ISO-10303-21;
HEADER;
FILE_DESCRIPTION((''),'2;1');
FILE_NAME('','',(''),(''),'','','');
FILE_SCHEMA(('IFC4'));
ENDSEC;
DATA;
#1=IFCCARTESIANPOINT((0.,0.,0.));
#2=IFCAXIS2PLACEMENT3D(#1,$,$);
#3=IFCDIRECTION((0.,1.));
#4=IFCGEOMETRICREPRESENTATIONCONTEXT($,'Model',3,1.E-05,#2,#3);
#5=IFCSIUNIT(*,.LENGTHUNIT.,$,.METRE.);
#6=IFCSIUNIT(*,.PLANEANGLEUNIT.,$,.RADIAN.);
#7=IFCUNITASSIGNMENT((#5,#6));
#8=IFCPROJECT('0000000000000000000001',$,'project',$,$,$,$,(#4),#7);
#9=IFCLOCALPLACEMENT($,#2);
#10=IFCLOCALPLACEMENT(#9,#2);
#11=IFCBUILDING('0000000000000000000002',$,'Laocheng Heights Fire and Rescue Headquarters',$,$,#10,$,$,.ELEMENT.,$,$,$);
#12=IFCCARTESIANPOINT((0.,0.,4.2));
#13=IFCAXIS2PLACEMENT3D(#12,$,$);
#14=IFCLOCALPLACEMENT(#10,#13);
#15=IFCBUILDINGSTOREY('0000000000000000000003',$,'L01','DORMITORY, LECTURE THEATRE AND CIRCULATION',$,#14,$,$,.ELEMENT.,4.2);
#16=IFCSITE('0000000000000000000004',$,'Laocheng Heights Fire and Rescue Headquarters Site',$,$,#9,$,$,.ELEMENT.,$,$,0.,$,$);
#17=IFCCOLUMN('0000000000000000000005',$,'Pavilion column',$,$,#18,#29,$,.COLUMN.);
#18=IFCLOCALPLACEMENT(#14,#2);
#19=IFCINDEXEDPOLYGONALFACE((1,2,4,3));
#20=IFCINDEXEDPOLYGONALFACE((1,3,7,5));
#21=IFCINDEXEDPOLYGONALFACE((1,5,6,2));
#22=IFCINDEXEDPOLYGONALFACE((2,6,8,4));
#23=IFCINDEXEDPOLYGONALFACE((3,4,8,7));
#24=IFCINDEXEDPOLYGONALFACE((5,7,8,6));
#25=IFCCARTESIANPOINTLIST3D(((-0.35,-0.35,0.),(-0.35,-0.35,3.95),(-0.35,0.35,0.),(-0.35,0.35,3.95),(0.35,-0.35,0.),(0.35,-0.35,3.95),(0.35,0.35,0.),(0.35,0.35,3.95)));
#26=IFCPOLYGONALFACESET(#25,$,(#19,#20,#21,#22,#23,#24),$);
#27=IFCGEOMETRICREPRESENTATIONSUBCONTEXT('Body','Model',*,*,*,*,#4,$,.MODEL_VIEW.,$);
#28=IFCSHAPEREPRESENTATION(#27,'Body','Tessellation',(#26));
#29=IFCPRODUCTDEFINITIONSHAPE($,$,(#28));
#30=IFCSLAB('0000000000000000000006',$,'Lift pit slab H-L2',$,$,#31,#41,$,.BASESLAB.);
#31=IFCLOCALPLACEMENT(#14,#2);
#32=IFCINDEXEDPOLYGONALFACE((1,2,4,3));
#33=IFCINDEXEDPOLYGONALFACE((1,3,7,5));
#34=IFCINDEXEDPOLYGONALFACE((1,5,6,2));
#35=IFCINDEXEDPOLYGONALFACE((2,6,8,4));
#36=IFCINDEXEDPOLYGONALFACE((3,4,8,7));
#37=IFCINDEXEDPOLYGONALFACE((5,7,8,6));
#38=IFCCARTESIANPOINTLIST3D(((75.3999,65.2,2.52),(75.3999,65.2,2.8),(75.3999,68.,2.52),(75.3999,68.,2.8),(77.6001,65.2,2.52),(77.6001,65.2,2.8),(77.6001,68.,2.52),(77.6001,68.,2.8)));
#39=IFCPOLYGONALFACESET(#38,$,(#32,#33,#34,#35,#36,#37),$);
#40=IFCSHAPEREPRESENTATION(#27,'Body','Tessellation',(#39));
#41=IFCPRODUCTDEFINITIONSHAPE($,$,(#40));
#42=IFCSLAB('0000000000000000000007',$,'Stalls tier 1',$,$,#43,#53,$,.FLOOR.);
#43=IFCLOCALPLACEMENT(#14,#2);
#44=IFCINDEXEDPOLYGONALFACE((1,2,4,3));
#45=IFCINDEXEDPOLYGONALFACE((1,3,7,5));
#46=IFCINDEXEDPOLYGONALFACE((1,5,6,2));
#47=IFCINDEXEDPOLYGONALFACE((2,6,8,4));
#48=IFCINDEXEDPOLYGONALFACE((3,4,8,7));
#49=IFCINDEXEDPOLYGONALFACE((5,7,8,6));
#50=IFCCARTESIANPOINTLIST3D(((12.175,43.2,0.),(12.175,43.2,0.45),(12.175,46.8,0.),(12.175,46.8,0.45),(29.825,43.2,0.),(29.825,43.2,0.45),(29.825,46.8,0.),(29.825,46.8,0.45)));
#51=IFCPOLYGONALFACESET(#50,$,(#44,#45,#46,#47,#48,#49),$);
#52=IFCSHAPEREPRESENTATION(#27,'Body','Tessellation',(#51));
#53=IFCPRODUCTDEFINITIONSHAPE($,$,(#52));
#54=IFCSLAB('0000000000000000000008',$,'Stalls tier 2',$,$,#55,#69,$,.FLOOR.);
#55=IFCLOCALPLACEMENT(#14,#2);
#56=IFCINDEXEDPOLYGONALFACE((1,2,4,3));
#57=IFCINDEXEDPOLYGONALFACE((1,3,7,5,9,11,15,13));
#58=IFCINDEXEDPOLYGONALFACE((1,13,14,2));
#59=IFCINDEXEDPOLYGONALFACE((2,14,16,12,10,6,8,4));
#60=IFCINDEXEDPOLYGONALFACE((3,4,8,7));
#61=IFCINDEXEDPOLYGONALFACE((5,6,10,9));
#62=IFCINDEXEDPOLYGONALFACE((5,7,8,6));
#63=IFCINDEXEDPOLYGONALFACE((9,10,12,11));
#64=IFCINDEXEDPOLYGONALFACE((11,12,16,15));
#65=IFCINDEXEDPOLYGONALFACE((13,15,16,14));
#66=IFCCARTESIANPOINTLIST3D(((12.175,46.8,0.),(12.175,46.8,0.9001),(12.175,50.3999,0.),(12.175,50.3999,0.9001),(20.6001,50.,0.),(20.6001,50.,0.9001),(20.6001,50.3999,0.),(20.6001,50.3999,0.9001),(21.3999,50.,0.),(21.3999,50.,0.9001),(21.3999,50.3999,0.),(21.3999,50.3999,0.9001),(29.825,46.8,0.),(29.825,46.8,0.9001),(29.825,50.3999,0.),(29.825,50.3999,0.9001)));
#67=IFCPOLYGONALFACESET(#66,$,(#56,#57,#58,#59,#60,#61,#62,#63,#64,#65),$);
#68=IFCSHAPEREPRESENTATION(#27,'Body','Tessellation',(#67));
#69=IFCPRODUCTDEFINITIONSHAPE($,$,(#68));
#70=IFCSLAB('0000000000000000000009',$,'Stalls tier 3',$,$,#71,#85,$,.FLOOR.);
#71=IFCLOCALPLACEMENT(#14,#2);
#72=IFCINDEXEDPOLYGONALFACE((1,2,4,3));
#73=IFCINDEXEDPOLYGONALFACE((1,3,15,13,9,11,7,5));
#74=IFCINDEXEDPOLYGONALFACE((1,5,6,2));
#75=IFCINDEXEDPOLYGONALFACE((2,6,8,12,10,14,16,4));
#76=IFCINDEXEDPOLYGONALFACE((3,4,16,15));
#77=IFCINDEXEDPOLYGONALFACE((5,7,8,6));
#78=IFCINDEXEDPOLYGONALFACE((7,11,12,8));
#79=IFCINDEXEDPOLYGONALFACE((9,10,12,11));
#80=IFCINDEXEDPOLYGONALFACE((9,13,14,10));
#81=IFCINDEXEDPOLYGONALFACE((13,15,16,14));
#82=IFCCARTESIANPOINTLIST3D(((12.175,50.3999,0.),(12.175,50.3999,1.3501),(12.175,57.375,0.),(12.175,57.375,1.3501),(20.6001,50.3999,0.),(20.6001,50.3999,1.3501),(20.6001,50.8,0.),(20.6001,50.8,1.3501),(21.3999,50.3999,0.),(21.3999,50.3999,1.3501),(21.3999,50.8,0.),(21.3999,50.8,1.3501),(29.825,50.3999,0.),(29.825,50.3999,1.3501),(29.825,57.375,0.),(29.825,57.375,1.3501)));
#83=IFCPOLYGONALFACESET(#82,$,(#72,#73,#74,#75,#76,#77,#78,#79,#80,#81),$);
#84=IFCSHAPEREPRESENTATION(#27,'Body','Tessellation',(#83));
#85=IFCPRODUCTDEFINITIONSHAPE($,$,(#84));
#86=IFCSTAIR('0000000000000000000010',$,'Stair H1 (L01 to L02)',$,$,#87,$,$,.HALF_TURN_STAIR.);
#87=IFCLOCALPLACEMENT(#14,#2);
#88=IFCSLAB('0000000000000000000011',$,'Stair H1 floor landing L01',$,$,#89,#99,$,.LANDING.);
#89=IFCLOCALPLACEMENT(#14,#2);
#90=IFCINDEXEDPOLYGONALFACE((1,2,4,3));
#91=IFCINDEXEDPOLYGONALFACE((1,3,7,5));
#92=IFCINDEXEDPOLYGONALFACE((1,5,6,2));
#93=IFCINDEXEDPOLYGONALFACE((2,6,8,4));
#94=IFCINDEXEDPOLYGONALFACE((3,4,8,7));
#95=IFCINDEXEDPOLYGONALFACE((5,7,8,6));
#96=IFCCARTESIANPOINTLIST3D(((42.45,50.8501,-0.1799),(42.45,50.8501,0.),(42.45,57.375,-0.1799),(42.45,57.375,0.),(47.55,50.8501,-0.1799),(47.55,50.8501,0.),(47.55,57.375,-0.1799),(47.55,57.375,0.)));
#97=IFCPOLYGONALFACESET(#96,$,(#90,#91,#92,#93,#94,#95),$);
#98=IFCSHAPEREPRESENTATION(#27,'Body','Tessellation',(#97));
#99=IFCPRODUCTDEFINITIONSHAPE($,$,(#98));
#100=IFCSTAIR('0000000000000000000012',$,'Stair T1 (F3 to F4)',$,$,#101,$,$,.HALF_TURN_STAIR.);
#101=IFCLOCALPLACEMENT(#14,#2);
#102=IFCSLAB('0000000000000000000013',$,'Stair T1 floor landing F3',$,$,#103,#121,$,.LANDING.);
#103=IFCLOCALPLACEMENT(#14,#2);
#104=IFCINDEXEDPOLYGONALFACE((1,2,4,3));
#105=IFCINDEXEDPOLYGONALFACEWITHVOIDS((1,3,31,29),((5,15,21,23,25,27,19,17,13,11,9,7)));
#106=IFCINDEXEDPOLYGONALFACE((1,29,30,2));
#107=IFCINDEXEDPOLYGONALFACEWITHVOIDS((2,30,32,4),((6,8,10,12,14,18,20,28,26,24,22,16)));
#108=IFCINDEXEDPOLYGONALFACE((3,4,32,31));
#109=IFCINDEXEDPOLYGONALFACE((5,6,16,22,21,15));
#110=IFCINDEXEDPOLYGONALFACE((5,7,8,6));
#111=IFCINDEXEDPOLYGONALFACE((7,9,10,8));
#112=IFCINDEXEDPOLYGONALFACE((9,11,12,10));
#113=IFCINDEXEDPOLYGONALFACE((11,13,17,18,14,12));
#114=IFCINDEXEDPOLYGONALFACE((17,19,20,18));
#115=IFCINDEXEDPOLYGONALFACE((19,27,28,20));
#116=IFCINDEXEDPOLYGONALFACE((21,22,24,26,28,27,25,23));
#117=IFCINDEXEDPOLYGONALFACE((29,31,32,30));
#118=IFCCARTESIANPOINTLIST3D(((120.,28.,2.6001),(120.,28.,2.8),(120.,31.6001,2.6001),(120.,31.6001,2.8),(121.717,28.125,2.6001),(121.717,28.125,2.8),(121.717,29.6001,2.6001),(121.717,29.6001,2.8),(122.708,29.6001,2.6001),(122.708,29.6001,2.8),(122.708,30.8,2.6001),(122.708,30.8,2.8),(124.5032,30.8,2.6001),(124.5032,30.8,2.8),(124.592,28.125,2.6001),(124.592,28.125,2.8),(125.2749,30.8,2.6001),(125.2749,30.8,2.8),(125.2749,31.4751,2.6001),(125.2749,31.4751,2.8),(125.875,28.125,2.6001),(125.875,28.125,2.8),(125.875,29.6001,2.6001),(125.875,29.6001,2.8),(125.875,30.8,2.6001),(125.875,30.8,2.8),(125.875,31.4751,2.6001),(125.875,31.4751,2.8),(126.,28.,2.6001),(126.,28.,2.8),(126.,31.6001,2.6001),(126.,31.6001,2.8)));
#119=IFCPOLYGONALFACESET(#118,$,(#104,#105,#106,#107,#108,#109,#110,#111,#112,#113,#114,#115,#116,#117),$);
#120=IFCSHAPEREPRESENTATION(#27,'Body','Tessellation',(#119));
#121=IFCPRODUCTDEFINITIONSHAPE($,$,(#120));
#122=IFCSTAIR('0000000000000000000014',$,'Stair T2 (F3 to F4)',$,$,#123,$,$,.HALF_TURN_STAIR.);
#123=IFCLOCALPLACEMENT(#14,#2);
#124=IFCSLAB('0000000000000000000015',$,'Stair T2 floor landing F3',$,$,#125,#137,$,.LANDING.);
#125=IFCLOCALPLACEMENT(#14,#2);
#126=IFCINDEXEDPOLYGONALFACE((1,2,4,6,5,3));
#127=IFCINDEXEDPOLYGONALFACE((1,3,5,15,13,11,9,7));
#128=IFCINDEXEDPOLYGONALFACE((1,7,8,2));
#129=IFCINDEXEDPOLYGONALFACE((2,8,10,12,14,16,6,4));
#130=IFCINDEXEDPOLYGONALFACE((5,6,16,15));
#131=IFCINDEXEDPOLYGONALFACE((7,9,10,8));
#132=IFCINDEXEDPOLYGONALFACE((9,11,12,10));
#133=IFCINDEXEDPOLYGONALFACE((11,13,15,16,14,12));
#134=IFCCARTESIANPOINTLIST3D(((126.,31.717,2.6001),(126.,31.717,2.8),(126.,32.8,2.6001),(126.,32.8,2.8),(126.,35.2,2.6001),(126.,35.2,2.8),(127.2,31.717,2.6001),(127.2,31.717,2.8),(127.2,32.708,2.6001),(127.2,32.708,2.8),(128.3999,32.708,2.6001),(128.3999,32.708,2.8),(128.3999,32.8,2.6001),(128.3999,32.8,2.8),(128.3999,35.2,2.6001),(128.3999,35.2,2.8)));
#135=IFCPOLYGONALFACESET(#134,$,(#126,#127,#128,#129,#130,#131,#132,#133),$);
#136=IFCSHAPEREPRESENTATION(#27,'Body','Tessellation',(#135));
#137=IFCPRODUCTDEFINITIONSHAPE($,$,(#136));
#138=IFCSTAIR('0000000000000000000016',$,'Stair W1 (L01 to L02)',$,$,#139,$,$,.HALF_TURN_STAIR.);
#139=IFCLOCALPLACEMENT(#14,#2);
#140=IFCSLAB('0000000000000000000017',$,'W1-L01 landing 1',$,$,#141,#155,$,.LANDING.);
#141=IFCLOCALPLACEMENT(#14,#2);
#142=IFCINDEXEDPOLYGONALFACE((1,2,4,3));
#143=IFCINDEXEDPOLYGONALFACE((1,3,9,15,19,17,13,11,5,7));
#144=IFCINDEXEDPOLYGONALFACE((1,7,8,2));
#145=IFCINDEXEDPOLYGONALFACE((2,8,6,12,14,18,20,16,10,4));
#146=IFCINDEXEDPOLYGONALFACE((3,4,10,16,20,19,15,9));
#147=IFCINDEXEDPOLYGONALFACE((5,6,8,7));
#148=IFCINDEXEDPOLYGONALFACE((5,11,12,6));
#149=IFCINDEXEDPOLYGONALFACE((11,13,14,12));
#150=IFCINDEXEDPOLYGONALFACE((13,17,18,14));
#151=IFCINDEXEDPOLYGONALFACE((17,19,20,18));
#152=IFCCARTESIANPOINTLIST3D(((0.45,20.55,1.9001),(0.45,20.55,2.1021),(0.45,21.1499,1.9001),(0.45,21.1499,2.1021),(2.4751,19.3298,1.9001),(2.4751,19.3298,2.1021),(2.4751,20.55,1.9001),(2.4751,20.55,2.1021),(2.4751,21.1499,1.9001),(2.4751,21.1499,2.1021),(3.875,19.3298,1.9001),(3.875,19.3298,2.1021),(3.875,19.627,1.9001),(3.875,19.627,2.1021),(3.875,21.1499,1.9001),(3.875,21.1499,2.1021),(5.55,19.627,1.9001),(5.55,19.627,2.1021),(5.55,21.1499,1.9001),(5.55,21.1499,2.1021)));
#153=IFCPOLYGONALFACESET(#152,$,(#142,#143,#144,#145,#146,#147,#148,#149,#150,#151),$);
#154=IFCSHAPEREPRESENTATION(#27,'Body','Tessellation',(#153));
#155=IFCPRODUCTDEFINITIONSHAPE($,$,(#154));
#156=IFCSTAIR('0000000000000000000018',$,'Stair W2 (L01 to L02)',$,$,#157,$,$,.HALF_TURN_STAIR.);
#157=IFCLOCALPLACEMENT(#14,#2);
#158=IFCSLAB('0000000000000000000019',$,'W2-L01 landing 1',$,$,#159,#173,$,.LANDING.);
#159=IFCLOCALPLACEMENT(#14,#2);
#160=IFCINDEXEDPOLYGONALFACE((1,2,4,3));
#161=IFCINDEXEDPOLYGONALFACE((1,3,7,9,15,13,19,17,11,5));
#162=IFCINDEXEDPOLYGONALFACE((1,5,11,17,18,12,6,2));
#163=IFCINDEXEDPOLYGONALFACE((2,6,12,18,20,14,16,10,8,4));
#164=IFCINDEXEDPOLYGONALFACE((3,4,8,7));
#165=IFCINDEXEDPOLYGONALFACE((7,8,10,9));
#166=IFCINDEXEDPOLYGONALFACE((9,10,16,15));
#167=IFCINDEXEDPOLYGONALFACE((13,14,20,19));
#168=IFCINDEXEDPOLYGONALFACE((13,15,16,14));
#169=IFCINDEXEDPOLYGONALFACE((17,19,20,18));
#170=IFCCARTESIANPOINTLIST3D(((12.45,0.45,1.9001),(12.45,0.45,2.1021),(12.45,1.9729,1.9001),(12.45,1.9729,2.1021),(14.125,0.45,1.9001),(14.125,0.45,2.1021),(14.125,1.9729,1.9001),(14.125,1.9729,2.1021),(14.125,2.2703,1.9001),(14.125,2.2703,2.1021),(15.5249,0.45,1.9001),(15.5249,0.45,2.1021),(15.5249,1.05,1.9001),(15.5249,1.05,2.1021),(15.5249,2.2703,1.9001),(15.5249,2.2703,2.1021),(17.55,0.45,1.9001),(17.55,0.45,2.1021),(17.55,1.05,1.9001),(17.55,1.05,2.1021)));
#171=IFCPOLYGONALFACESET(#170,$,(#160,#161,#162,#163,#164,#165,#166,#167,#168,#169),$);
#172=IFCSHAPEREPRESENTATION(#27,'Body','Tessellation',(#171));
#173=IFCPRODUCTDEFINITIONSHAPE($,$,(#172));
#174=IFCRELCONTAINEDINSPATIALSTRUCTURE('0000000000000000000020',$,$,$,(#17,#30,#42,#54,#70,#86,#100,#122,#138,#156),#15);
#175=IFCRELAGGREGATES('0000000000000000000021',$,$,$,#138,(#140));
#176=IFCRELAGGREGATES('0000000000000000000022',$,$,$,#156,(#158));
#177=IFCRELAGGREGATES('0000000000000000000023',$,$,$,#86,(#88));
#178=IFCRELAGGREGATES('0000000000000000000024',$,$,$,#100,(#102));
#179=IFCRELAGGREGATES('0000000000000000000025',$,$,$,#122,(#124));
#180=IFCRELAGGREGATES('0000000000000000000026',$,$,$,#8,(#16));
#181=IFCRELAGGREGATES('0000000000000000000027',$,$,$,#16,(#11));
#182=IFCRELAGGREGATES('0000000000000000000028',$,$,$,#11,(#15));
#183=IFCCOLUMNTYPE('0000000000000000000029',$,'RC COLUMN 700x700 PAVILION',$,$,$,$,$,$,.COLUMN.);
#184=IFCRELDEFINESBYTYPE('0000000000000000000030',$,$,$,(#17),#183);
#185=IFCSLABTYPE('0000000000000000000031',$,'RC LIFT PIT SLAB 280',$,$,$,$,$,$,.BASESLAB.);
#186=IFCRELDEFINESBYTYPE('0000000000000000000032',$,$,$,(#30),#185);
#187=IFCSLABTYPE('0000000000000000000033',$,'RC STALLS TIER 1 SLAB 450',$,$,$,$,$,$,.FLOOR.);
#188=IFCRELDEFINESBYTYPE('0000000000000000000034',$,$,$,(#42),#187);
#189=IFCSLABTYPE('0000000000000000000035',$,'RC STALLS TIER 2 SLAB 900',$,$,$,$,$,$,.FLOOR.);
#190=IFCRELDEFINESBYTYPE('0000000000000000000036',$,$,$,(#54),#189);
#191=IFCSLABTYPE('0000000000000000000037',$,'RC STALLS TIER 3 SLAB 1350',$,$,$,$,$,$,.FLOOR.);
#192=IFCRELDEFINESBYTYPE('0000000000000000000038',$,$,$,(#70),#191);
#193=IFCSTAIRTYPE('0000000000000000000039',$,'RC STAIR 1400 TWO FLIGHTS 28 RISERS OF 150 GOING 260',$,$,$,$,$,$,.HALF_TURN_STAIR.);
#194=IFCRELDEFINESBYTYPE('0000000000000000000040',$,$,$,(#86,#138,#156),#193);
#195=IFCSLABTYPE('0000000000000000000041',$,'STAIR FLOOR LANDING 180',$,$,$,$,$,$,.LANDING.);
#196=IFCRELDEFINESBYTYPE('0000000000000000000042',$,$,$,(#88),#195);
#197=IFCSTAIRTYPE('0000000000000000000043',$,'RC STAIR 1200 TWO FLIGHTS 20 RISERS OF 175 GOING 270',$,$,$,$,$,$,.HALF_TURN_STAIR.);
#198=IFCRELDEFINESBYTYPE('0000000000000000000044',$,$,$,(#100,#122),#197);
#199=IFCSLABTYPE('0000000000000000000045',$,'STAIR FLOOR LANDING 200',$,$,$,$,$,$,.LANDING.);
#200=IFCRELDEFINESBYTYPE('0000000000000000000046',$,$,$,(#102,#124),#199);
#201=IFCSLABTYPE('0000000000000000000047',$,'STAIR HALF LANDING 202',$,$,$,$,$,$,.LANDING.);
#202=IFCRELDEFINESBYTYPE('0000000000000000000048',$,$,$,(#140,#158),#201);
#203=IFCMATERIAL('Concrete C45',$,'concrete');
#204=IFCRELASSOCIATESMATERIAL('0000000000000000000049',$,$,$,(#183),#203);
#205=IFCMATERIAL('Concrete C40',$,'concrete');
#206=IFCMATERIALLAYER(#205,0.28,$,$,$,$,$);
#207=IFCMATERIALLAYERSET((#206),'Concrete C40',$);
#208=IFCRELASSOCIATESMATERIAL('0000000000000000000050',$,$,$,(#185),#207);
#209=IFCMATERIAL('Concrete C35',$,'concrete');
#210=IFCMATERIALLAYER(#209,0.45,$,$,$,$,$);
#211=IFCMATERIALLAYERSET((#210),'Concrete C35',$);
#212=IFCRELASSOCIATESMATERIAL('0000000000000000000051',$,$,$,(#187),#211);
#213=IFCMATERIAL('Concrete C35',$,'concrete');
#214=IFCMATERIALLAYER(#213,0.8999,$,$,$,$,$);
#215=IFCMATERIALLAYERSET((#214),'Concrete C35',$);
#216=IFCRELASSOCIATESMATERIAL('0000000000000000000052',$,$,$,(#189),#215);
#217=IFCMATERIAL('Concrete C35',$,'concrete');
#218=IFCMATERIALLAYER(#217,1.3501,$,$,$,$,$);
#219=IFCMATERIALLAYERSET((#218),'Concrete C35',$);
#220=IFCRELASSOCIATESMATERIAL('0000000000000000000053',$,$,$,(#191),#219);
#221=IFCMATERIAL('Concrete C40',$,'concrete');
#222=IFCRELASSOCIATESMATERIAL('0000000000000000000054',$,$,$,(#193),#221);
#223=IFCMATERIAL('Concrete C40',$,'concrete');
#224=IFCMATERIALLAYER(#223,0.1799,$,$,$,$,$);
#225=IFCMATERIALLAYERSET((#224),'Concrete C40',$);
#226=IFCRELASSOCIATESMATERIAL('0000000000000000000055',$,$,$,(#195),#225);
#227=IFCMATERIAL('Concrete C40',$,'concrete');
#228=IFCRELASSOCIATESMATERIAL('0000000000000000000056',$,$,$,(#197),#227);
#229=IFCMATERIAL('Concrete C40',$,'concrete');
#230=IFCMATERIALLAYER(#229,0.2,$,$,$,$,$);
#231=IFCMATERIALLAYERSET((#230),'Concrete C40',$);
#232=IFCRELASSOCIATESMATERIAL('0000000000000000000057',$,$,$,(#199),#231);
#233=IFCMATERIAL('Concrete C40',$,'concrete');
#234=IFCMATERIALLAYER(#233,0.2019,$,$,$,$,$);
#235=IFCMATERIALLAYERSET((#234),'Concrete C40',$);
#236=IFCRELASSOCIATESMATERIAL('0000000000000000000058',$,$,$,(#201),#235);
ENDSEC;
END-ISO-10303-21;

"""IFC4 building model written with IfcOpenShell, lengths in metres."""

from ifc_helpers import new_model, si_unit, direction, frame, origin, origin_with_axes, origin_2d, place, context, subcontext, project, spatial, polyline, rectangle, outline, extrude, material, layer, layer_set, material_profile, profile_set, type_object, element, aggregate, save


model = new_model("IFC4")

# Units and contexts
model_context = context("Model", 3, precision=1e-05, world=origin(), true_north=direction((0.0, 1.0)))
body_context = subcontext(model_context, "Body", "Model", "MODEL_VIEW")
ifc_project = project(units=[si_unit("LENGTHUNIT", "METRE"), si_unit("PLANEANGLEUNIT", "RADIAN")], contexts=[model_context])

# Site, building, storey
site_placement = place(None, origin())
site = spatial("IfcSite", under=ifc_project, at=site_placement, Name="Laocheng Heights Fire and Rescue Headquarters Site", CompositionType="ELEMENT", RefElevation=0.0)
building_placement = place(site_placement, origin())
building = spatial("IfcBuilding", under=site, at=building_placement, Name="Laocheng Heights Fire and Rescue Headquarters", CompositionType="ELEMENT")
storey_placement = place(building_placement, frame((0.0, 0.0, 4.2)))
storey = spatial("IfcBuildingStorey", under=building, at=storey_placement, Name="L01", Description="DORMITORY, LECTURE THEATRE AND CIRCULATION", CompositionType="ELEMENT", Elevation=4.2)

# Column
ifc_material_1 = material(Name="Concrete C45", Category="concrete")
ifc_material_profile = material_profile(ifc_material_1, rectangle(XDim=0.7, YDim=0.7, at=origin_2d()), Name="RC COLUMN 700x700 PAVILION")
ifc_profile_set = profile_set([ifc_material_profile], Name="Concrete C45")
column_type = type_object("IfcColumnType", Name="RC COLUMN 700x700 PAVILION", PredefinedType="COLUMN", material=ifc_profile_set)
column_placement = place(storey_placement, origin_with_axes())
element("IfcColumn", 1, at=column_placement, inside=storey, type_object=column_type, Name="Pavilion column", PredefinedType="COLUMN", context=body_context, shape_type="SweptSolid", body=[
    extrude(rectangle(XDim=0.7, YDim=0.7, at=origin_2d()), origin(), (0.0, 0.0, 1.0), 3.95),
])

# Slabs
ifc_material_2 = material(Name="Concrete C40", Category="concrete")
ifc_layer_1 = layer(ifc_material_2, 0.28)
ifc_layer_set_1 = layer_set([ifc_layer_1], Name="Concrete C40")
slab_type_1 = type_object("IfcSlabType", Name="RC LIFT PIT SLAB 280", PredefinedType="BASESLAB", material=ifc_layer_set_1)
slab_1_placement = place(storey_placement, frame((0.0, 0.0, 2.52)))
element("IfcSlab", 2, at=slab_1_placement, inside=storey, type_object=slab_type_1, Name="Lift pit slab H-L2", PredefinedType="BASESLAB", context=body_context, shape_type="SweptSolid", body=[
    extrude(outline(polyline([(75.3999, 68.0), (75.3999, 65.2), (77.6001, 65.2), (77.6001, 68.0), (75.3999, 68.0)])), origin(), (0.0, 0.0, 1.0), 0.28),
])
ifc_material_3 = material(Name="Concrete C35", Category="concrete")
ifc_layer_2 = layer(ifc_material_3, 0.45)
ifc_layer_set_2 = layer_set([ifc_layer_2], Name="Concrete C35")
slab_type_2 = type_object("IfcSlabType", Name="RC STALLS TIER 1 SLAB 450", PredefinedType="FLOOR", material=ifc_layer_set_2)
slab_2_placement = place(storey_placement, origin())
element("IfcSlab", 3, at=slab_2_placement, inside=storey, type_object=slab_type_2, Name="Stalls tier 1", PredefinedType="FLOOR", context=body_context, shape_type="SweptSolid", body=[
    extrude(outline(polyline([(12.175, 43.2), (29.825, 43.2), (29.825, 46.8), (12.175, 46.8), (12.175, 43.2)])), origin(), (0.0, 0.0, 1.0), 0.45),
])
ifc_material_4 = material(Name="Concrete C35", Category="concrete")
ifc_layer_3 = layer(ifc_material_4, 0.8999)
ifc_layer_set_3 = layer_set([ifc_layer_3], Name="Concrete C35")
slab_type_3 = type_object("IfcSlabType", Name="RC STALLS TIER 2 SLAB 900", PredefinedType="FLOOR", material=ifc_layer_set_3)
slab_3_placement = place(storey_placement, origin())
element("IfcSlab", 4, at=slab_3_placement, inside=storey, type_object=slab_type_3, Name="Stalls tier 2", PredefinedType="FLOOR", context=body_context, shape_type="SweptSolid", body=[
    extrude(outline(polyline([(29.825, 50.3999), (21.3999, 50.3999), (21.3999, 50.0), (20.6001, 50.0), (20.6001, 50.3999), (12.175, 50.3999), (12.175, 46.8), (29.825, 46.8), (29.825, 50.3999)])), origin(), (0.0, 0.0, 1.0), 0.9001),
])
ifc_material_5 = material(Name="Concrete C35", Category="concrete")
ifc_layer_4 = layer(ifc_material_5, 1.3501)
ifc_layer_set_4 = layer_set([ifc_layer_4], Name="Concrete C35")
slab_type_4 = type_object("IfcSlabType", Name="RC STALLS TIER 3 SLAB 1350", PredefinedType="FLOOR", material=ifc_layer_set_4)
slab_4_placement = place(storey_placement, origin())
element("IfcSlab", 5, at=slab_4_placement, inside=storey, type_object=slab_type_4, Name="Stalls tier 3", PredefinedType="FLOOR", context=body_context, shape_type="SweptSolid", body=[
    extrude(outline(polyline([(12.175, 50.3999), (20.6001, 50.3999), (20.6001, 50.8), (21.3999, 50.8), (21.3999, 50.3999), (29.825, 50.3999), (29.825, 57.375), (12.175, 57.375), (12.175, 50.3999)])), origin(), (0.0, 0.0, 1.0), 1.3501),
])

# Stairs, slabs
ifc_material_6 = material(Name="Concrete C40", Category="concrete")
stair_type_1 = type_object("IfcStairType", Name="RC STAIR 1400 TWO FLIGHTS 28 RISERS OF 150 GOING 260", PredefinedType="HALF_TURN_STAIR", material=ifc_material_6)
stair_1_placement = place(storey_placement, origin())
stair_1 = element("IfcStair", 6, at=stair_1_placement, inside=storey, type_object=stair_type_1, Name="Stair H1 (L01 to L02)", PredefinedType="HALF_TURN_STAIR")
ifc_material_7 = material(Name="Concrete C40", Category="concrete")
ifc_layer_5 = layer(ifc_material_7, 0.1799)
ifc_layer_set_5 = layer_set([ifc_layer_5], Name="Concrete C40")
slab_type_5 = type_object("IfcSlabType", Name="STAIR FLOOR LANDING 180", PredefinedType="LANDING", material=ifc_layer_set_5)
slab_5_placement = place(storey_placement, frame((0.0, 0.0, -0.1799)))
slab_5 = element("IfcSlab", 7, at=slab_5_placement, type_object=slab_type_5, Name="Stair H1 floor landing L01", PredefinedType="LANDING", context=body_context, shape_type="SweptSolid", body=[
    extrude(outline(polyline([(47.55, 50.8501), (42.45, 50.8501), (42.45, 57.375), (47.55, 57.375), (47.55, 50.8501)])), origin(), (0.0, 0.0, 1.0), 0.1799),
])
ifc_material_8 = material(Name="Concrete C40", Category="concrete")
stair_type_2 = type_object("IfcStairType", Name="RC STAIR 1200 TWO FLIGHTS 20 RISERS OF 175 GOING 270", PredefinedType="HALF_TURN_STAIR", material=ifc_material_8)
stair_2_placement = place(storey_placement, origin())
stair_2 = element("IfcStair", 8, at=stair_2_placement, inside=storey, type_object=stair_type_2, Name="Stair T1 (F3 to F4)", PredefinedType="HALF_TURN_STAIR")
ifc_material_9 = material(Name="Concrete C40", Category="concrete")
ifc_layer_6 = layer(ifc_material_9, 0.2)
ifc_layer_set_6 = layer_set([ifc_layer_6], Name="Concrete C40")
slab_type_6 = type_object("IfcSlabType", Name="STAIR FLOOR LANDING 200", PredefinedType="LANDING", material=ifc_layer_set_6)
slab_6_placement = place(storey_placement, frame((0.0, 0.0, 2.6001)))
slab_6 = element("IfcSlab", 9, at=slab_6_placement, type_object=slab_type_6, Name="Stair T1 floor landing F3", PredefinedType="LANDING", context=body_context, shape_type="SweptSolid", body=[
    extrude(outline(polyline([(120.0, 31.6001), (126.0, 31.6001), (126.0, 28.0), (120.0, 28.0), (120.0, 31.6001)]), holes=[polyline([(121.717, 29.6001), (121.717, 28.125), (124.592, 28.125), (125.875, 28.125), (125.875, 29.6001), (125.875, 30.8), (125.875, 31.4751), (125.2749, 31.4751), (125.2749, 30.8), (124.5032, 30.8), (122.708, 30.8), (122.708, 29.6001), (121.717, 29.6001)])]), origin(), (0.0, 0.0, 1.0), 0.2),
])
stair_3_placement = place(storey_placement, origin())
stair_3 = element("IfcStair", 10, at=stair_3_placement, inside=storey, type_object=stair_type_2, Name="Stair T2 (F3 to F4)", PredefinedType="HALF_TURN_STAIR")
slab_7_placement = place(storey_placement, frame((0.0, 0.0, 2.6001)))
slab_7 = element("IfcSlab", 11, at=slab_7_placement, type_object=slab_type_6, Name="Stair T2 floor landing F3", PredefinedType="LANDING", context=body_context, shape_type="SweptSolid", body=[
    extrude(outline(polyline([(126.0, 31.717), (127.2, 31.717), (127.2, 32.708), (128.3999, 32.708), (128.3999, 32.8), (128.3999, 35.2), (126.0, 35.2), (126.0, 32.8), (126.0, 32.8), (126.0, 31.717)])), origin(), (0.0, 0.0, 1.0), 0.2),
])
stair_4_placement = place(storey_placement, origin())
stair_4 = element("IfcStair", 12, at=stair_4_placement, inside=storey, type_object=stair_type_1, Name="Stair W1 (L01 to L02)", PredefinedType="HALF_TURN_STAIR")
ifc_material_10 = material(Name="Concrete C40", Category="concrete")
ifc_layer_7 = layer(ifc_material_10, 0.2019)
ifc_layer_set_7 = layer_set([ifc_layer_7], Name="Concrete C40")
slab_type_7 = type_object("IfcSlabType", Name="STAIR HALF LANDING 202", PredefinedType="LANDING", material=ifc_layer_set_7)
slab_8_placement = place(storey_placement, frame((0.0, 0.0, 1.9001)))
slab_8 = element("IfcSlab", 13, at=slab_8_placement, type_object=slab_type_7, Name="W1-L01 landing 1", PredefinedType="LANDING", context=body_context, shape_type="SweptSolid", body=[
    extrude(outline(polyline([(0.45, 20.55), (0.45, 21.1499), (2.4751, 21.1499), (3.875, 21.1499), (5.55, 21.1499), (5.55, 19.627), (3.875, 19.627), (3.875, 19.3298), (2.4751, 19.3298), (2.4751, 20.55), (0.45, 20.55)])), origin(), (0.0, 0.0, 1.0), 0.2019),
])
aggregate(stair_4, [slab_8])
stair_5_placement = place(storey_placement, origin())
stair_5 = element("IfcStair", 14, at=stair_5_placement, inside=storey, type_object=stair_type_1, Name="Stair W2 (L01 to L02)", PredefinedType="HALF_TURN_STAIR")
slab_9_placement = place(storey_placement, frame((0.0, 0.0, 1.9001)))
slab_9 = element("IfcSlab", 15, at=slab_9_placement, type_object=slab_type_7, Name="W2-L01 landing 1", PredefinedType="LANDING", context=body_context, shape_type="SweptSolid", body=[
    extrude(outline(polyline([(17.55, 1.05), (17.55, 0.45), (15.5249, 0.45), (14.125, 0.45), (12.45, 0.45), (12.45, 1.9729), (14.125, 1.9729), (14.125, 2.2703), (15.5249, 2.2703), (15.5249, 1.05), (17.55, 1.05)])), origin(), (0.0, 0.0, 1.0), 0.2019),
])
aggregate(stair_5, [slab_9])

aggregate(stair_1, [slab_5])

aggregate(stair_2, [slab_6])

aggregate(stair_3, [slab_7])

save(model, "model.ifc")
